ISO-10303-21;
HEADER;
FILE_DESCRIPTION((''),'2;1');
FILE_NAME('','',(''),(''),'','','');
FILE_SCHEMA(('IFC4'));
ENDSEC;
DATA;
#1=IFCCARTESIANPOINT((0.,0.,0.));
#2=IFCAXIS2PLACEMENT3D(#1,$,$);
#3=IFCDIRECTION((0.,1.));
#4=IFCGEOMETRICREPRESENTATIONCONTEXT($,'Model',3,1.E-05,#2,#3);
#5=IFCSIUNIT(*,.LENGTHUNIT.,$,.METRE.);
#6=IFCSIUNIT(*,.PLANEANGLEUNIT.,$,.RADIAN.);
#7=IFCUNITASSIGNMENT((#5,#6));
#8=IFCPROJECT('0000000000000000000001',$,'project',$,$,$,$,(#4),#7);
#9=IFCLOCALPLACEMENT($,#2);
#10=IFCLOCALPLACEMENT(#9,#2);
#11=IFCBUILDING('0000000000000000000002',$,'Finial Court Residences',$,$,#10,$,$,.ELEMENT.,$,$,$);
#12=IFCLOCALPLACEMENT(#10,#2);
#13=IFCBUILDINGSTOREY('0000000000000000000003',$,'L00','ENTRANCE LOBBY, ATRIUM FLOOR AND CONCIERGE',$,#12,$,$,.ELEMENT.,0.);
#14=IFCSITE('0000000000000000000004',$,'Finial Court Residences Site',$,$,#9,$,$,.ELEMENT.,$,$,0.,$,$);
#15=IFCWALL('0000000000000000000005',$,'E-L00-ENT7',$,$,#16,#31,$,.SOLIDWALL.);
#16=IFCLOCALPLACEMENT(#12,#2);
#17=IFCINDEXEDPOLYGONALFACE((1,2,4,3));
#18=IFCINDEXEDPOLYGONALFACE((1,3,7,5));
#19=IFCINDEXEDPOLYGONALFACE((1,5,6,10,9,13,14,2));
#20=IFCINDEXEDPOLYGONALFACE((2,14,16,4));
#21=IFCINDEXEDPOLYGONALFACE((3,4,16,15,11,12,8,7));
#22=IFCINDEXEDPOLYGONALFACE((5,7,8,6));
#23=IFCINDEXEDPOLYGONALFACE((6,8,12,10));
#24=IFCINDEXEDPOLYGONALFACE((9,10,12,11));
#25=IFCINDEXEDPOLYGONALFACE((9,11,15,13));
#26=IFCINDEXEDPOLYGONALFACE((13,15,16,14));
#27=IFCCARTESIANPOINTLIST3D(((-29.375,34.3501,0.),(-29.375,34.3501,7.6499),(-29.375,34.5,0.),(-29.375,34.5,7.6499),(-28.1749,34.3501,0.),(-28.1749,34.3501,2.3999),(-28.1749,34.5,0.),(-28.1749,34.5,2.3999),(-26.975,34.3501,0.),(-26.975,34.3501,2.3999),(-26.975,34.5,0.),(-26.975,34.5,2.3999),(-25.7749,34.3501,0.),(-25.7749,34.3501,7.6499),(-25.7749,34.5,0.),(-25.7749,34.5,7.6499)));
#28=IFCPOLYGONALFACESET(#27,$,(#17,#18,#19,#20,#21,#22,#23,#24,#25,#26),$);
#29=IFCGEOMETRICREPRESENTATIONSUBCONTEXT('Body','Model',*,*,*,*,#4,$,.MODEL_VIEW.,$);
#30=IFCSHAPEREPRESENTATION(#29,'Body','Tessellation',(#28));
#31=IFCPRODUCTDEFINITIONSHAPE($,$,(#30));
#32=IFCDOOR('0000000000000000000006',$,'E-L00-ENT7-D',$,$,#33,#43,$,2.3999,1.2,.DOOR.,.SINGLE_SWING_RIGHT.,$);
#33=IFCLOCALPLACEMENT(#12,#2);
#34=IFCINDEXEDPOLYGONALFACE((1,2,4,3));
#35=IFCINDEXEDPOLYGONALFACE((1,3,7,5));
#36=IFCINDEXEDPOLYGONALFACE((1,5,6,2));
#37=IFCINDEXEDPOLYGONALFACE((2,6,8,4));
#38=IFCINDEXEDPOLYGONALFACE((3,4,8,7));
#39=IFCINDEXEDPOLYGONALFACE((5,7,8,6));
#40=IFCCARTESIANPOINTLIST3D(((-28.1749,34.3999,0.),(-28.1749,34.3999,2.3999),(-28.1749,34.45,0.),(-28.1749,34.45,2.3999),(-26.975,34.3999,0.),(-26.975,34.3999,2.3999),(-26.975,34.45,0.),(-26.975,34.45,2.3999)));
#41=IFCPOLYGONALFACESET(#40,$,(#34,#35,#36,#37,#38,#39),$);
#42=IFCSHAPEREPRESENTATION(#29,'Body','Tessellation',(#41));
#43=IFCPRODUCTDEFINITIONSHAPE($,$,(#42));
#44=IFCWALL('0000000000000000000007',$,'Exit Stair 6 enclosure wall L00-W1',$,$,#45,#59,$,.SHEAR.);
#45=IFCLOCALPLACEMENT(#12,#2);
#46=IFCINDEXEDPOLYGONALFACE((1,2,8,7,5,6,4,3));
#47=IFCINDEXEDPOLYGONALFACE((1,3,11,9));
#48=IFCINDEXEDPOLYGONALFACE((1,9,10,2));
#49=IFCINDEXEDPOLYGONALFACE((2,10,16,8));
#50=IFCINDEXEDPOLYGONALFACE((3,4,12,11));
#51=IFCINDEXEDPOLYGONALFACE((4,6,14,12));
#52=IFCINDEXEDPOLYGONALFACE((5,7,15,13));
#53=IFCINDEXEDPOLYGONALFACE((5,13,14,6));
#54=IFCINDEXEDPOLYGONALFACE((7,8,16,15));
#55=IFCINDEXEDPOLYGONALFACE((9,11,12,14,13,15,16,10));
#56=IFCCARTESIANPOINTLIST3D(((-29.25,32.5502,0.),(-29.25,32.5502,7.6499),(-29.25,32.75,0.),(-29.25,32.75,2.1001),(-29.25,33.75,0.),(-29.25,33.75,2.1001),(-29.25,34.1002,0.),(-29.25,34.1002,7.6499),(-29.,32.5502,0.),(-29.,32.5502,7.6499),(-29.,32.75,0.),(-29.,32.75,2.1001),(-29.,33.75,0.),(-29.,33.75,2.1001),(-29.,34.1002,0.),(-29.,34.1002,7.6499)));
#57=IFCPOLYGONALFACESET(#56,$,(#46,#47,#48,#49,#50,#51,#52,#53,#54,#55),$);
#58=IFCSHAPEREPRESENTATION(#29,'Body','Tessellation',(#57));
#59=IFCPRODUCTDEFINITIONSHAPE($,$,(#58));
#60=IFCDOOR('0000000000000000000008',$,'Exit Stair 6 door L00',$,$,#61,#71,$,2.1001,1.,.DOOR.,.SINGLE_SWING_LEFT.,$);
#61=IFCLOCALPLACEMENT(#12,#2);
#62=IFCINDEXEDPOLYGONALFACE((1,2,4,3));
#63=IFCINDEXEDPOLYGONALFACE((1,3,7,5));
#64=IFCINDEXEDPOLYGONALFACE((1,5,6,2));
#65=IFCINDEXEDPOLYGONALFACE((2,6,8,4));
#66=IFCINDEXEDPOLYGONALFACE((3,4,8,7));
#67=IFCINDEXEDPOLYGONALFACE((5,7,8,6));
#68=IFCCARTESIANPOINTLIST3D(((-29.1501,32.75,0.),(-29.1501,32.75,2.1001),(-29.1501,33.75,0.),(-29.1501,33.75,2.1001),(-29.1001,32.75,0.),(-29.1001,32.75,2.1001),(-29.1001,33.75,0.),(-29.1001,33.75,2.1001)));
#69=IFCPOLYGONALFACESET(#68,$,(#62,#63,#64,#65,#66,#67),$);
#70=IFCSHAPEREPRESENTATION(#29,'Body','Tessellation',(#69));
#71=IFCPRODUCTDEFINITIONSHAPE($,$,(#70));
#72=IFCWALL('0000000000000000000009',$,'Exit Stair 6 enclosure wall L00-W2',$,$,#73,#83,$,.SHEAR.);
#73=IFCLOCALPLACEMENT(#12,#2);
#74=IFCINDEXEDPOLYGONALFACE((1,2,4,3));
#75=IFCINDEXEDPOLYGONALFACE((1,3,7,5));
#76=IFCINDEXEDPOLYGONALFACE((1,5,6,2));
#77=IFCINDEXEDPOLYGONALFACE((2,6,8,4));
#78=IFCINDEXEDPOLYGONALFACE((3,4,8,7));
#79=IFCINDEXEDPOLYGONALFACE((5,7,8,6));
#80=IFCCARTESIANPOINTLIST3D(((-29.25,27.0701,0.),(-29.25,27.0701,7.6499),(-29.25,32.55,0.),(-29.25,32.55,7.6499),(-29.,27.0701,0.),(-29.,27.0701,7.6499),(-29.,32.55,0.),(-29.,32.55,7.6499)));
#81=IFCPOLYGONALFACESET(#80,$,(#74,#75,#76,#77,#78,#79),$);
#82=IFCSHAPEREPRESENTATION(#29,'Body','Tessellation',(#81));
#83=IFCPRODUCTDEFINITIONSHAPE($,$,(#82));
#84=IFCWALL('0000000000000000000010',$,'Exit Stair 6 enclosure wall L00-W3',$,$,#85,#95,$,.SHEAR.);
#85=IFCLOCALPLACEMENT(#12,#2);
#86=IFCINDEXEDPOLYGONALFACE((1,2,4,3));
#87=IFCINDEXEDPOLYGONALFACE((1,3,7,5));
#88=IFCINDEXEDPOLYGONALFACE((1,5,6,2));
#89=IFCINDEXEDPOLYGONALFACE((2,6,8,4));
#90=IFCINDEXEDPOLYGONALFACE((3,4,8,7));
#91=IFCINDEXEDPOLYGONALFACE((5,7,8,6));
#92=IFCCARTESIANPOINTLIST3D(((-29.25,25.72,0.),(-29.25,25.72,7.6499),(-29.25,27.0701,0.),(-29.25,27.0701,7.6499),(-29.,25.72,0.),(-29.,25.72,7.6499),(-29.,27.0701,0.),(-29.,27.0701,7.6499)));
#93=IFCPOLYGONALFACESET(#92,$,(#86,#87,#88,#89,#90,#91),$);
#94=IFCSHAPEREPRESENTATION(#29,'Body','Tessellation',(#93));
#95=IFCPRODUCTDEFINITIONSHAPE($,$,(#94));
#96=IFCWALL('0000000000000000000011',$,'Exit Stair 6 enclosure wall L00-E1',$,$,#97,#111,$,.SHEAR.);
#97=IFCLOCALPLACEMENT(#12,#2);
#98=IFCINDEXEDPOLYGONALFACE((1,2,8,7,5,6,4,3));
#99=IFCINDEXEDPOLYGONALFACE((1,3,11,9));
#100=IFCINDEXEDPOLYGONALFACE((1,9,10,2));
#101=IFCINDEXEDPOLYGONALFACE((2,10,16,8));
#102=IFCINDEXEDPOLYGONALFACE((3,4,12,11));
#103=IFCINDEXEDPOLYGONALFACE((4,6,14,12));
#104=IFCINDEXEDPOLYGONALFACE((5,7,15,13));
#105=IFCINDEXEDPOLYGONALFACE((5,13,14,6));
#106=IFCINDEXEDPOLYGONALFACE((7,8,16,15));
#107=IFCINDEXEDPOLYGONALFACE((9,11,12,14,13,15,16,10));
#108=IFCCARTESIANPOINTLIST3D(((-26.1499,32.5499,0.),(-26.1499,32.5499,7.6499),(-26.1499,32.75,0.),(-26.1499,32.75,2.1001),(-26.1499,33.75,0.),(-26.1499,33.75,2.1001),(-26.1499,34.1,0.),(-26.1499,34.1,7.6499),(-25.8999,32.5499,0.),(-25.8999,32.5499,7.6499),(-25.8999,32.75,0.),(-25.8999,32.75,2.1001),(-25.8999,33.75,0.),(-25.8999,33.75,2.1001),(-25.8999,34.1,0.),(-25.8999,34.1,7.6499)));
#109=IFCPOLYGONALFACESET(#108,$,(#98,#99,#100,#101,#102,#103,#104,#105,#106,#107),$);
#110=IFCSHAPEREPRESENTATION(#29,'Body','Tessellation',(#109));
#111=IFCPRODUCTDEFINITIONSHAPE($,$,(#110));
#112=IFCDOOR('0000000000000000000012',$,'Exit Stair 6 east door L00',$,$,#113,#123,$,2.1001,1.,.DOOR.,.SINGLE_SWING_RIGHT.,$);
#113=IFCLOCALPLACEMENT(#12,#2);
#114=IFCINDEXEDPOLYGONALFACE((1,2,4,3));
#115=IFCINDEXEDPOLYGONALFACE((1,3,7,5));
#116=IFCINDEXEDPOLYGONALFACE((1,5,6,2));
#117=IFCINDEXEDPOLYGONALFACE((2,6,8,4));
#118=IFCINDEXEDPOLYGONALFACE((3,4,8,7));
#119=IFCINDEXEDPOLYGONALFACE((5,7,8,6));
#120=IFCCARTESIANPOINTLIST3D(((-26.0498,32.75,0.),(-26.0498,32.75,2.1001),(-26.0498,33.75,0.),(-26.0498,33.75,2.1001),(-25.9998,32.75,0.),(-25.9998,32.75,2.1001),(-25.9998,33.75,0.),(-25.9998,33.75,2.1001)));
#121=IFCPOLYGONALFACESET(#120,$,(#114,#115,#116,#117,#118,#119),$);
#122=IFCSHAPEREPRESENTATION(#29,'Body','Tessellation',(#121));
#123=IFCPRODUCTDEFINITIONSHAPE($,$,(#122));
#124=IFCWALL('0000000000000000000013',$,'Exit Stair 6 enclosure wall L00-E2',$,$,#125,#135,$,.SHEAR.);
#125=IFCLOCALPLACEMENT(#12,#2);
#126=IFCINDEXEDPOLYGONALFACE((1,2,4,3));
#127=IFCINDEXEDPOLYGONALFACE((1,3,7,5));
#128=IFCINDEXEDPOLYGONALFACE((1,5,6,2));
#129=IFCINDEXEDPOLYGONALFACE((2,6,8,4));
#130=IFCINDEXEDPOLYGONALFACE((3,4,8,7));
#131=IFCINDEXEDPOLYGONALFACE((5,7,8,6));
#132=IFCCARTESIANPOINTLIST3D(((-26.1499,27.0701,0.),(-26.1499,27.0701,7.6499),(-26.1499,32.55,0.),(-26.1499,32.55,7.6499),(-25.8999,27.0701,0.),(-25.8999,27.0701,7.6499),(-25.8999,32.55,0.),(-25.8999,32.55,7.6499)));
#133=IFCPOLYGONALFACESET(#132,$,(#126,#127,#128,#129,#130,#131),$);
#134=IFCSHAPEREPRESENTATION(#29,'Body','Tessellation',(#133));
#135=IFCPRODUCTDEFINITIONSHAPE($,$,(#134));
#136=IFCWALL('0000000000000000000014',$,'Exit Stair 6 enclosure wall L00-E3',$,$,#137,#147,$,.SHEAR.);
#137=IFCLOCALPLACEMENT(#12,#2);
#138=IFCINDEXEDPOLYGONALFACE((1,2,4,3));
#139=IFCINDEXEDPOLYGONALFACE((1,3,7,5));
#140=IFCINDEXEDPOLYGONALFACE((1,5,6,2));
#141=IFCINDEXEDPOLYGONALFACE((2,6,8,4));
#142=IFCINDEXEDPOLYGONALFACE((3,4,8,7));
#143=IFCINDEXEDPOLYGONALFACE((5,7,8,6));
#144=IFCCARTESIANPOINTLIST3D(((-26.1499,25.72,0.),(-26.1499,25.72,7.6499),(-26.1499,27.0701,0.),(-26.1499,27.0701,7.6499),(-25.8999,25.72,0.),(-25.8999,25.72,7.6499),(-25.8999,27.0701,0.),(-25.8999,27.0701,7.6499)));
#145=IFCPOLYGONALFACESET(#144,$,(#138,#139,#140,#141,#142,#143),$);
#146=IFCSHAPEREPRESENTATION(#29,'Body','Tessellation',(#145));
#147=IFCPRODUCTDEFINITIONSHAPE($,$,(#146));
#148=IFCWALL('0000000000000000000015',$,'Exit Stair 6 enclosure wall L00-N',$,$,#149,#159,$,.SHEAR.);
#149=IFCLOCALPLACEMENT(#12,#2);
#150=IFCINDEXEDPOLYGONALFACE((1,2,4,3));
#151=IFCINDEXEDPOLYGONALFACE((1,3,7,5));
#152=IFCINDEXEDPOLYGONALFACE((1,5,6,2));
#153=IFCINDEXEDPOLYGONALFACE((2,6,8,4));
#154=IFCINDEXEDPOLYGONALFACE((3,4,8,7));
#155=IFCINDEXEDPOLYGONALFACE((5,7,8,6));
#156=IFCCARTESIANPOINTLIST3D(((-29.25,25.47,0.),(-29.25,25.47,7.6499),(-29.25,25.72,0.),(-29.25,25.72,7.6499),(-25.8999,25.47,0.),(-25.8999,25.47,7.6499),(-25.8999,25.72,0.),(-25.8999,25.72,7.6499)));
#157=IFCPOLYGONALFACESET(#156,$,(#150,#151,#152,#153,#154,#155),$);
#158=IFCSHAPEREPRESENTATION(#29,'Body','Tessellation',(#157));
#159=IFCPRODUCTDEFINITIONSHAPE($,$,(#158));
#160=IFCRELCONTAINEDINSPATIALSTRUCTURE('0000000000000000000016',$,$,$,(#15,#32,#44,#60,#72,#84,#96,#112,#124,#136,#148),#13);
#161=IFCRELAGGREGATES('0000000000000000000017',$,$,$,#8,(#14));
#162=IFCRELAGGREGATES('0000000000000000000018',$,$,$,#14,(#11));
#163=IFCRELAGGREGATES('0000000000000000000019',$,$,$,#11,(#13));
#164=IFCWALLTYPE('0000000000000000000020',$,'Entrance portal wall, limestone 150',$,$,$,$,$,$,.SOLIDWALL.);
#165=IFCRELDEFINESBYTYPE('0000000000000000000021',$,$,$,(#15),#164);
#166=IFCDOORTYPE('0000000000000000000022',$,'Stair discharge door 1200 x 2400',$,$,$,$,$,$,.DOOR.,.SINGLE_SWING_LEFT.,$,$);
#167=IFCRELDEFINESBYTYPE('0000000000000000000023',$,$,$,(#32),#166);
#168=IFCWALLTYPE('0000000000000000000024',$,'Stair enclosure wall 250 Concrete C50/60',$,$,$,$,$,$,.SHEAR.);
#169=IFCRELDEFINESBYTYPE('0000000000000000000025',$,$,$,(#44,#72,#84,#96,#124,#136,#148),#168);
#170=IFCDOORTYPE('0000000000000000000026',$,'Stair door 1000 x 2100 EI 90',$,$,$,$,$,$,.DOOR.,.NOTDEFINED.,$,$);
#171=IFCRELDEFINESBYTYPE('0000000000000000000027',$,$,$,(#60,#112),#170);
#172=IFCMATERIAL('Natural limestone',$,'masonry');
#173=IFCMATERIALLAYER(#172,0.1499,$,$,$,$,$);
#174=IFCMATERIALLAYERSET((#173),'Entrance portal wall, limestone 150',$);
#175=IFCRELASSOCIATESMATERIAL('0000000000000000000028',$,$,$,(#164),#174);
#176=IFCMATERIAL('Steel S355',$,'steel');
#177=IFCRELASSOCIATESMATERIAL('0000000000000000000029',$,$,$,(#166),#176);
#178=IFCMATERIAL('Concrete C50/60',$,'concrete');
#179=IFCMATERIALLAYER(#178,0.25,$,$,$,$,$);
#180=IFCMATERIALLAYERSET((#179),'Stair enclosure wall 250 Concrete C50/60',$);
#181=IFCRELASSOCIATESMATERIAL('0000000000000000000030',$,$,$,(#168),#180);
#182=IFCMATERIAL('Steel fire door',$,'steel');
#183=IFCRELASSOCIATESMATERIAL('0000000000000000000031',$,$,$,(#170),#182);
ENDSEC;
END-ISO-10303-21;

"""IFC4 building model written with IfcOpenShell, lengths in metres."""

from ifc_helpers import new_model, si_unit, direction, frame, frame_2d, origin, place, context, subcontext, project, spatial, rectangle, extrude, material, layer, layer_set, type_object, element, fill, save


model = new_model("IFC4")

# Units and contexts
model_context = context("Model", 3, precision=1e-05, world=origin(), true_north=direction((0.0, 1.0)))
body_context = subcontext(model_context, "Body", "Model", "MODEL_VIEW")
ifc_project = project(units=[si_unit("LENGTHUNIT", "METRE"), si_unit("PLANEANGLEUNIT", "RADIAN")], contexts=[model_context])

# Site, building, storey
site_placement = place(None, origin())
site = spatial("IfcSite", under=ifc_project, at=site_placement, Name="Finial Court Residences Site", CompositionType="ELEMENT", RefElevation=0.0)
building_placement = place(site_placement, origin())
building = spatial("IfcBuilding", under=site, at=building_placement, Name="Finial Court Residences", CompositionType="ELEMENT")
storey_placement = place(building_placement, origin())
storey = spatial("IfcBuildingStorey", under=building, at=storey_placement, Name="L00", Description="ENTRANCE LOBBY, ATRIUM FLOOR AND CONCIERGE", CompositionType="ELEMENT", Elevation=0.0)

# Walls, openings, doors
ifc_material_1 = material(Name="Natural limestone", Category="masonry")
ifc_layer_1 = layer(ifc_material_1, 0.1499)
ifc_layer_set_1 = layer_set([ifc_layer_1], Name="Entrance portal wall, limestone 150")
wall_type_1 = type_object("IfcWallType", Name="Entrance portal wall, limestone 150", PredefinedType="SOLIDWALL", material=ifc_layer_set_1)
wall_1_placement = place(storey_placement, frame((-29.375, 34.425, 0.0), z_axis=(0.0, 0.0, 1.0), x_axis=(1.0, 0.0, 0.0)))
wall_1 = element("IfcWall", 1, at=wall_1_placement, inside=storey, type_object=wall_type_1, Name="E-L00-ENT7", PredefinedType="SOLIDWALL", context=body_context, shape_type="SweptSolid", body=[
    extrude(rectangle(XDim=3.6001, YDim=0.1499, at=frame_2d((1.8, 0.0))), origin(), (0.0, 0.0, 1.0), 7.6499),
])
opening_1_placement = place(wall_1_placement, frame((1.2, 0.0, 0.0)))
opening_1 = element("IfcOpeningElement", 2, at=opening_1_placement, cuts=wall_1, PredefinedType="OPENING", context=body_context, shape_type="SweptSolid", body=[
    extrude(rectangle(XDim=1.2, YDim=2.3999, at=frame_2d((0.6001, 1.2))), frame((0.0, 0.085, 0.0), z_axis=(0.0, -1.0, 0.0), x_axis=(1.0, 0.0, 0.0)), (0.0, 0.0, 1.0), 0.1699),
])
ifc_material_2 = material(Name="Steel S355", Category="steel")
door_type_1 = type_object("IfcDoorType", Name="Stair discharge door 1200 x 2400", OperationType="SINGLE_SWING_LEFT", PredefinedType="DOOR", material=ifc_material_2)
door_1_placement = place(opening_1_placement, origin())
door_1 = element("IfcDoor", 3, at=door_1_placement, inside=storey, type_object=door_type_1, Name="E-L00-ENT7-D", OperationType="SINGLE_SWING_RIGHT", OverallHeight=2.3999, OverallWidth=1.2, PredefinedType="DOOR", context=body_context, shape_type="SweptSolid", body=[
    extrude(rectangle(XDim=1.2, YDim=2.3999, at=frame_2d((0.6001, 1.2))), frame((0.0, 0.0249, 0.0), z_axis=(0.0, -1.0, 0.0), x_axis=(1.0, 0.0, 0.0)), (0.0, 0.0, 1.0), 0.05),
])
fill(opening_1, door_1)
ifc_material_3 = material(Name="Concrete C50/60", Category="concrete")
ifc_layer_2 = layer(ifc_material_3, 0.25)
ifc_layer_set_2 = layer_set([ifc_layer_2], Name="Stair enclosure wall 250 Concrete C50/60")
wall_type_2 = type_object("IfcWallType", Name="Stair enclosure wall 250 Concrete C50/60", PredefinedType="SHEAR", material=ifc_layer_set_2)
wall_2_placement = place(storey_placement, frame((-29.125, 34.1001, 0.0), z_axis=(0.0, 0.0, 1.0), x_axis=(0.0, -1.0, 0.0)))
wall_2 = element("IfcWall", 4, at=wall_2_placement, inside=storey, type_object=wall_type_2, Name="Exit Stair 6 enclosure wall L00-W1", PredefinedType="SHEAR", context=body_context, shape_type="SweptSolid", body=[
    extrude(rectangle(XDim=1.55, YDim=0.25, at=frame_2d((0.7749, 0.0))), origin(), (0.0, 0.0, 1.0), 7.6499),
])
opening_2_placement = place(wall_2_placement, frame((0.3501, 0.0, 0.0)))
opening_2 = element("IfcOpeningElement", 5, at=opening_2_placement, cuts=wall_2, PredefinedType="OPENING", context=body_context, shape_type="SweptSolid", body=[
    extrude(rectangle(XDim=1.0, YDim=2.1001, at=frame_2d((0.5, 1.05))), frame((0.0, 0.135, 0.0), z_axis=(0.0, -1.0, 0.0), x_axis=(1.0, 0.0, 0.0)), (0.0, 0.0, 1.0), 0.27),
])
ifc_material_4 = material(Name="Steel fire door", Category="steel")
door_type_2 = type_object("IfcDoorType", Name="Stair door 1000 x 2100 EI 90", OperationType="NOTDEFINED", PredefinedType="DOOR", material=ifc_material_4)
door_2_placement = place(opening_2_placement, origin())
door_2 = element("IfcDoor", 6, at=door_2_placement, inside=storey, type_object=door_type_2, Name="Exit Stair 6 door L00", OperationType="SINGLE_SWING_LEFT", OverallHeight=2.1001, OverallWidth=1.0, PredefinedType="DOOR", context=body_context, shape_type="SweptSolid", body=[
    extrude(rectangle(XDim=1.0, YDim=2.1001, at=frame_2d((0.5, 1.05))), frame((0.0, 0.0249, 0.0), z_axis=(0.0, -1.0, 0.0), x_axis=(1.0, 0.0, 0.0)), (0.0, 0.0, 1.0), 0.05),
])
fill(opening_2, door_2)

# Walls
wall_3_placement = place(storey_placement, frame((-29.125, 27.0701, 0.0), z_axis=(0.0, 0.0, 1.0), x_axis=(0.0, 1.0, 0.0)))
element("IfcWall", 7, at=wall_3_placement, inside=storey, type_object=wall_type_2, Name="Exit Stair 6 enclosure wall L00-W2", PredefinedType="SHEAR", context=body_context, shape_type="SweptSolid", body=[
    extrude(rectangle(XDim=5.48, YDim=0.25, at=frame_2d((2.74, 0.0))), origin(), (0.0, 0.0, 1.0), 7.6499),
])
wall_4_placement = place(storey_placement, frame((-29.125, 25.72, 0.0), z_axis=(0.0, 0.0, 1.0), x_axis=(0.0, 1.0, 0.0)))
element("IfcWall", 8, at=wall_4_placement, inside=storey, type_object=wall_type_2, Name="Exit Stair 6 enclosure wall L00-W3", PredefinedType="SHEAR", context=body_context, shape_type="SweptSolid", body=[
    extrude(rectangle(XDim=1.3501, YDim=0.25, at=frame_2d((0.675, 0.0))), origin(), (0.0, 0.0, 1.0), 7.6499),
])

# Wall, opening, door
wall_5_placement = place(storey_placement, frame((-26.0249, 32.55, 0.0), z_axis=(0.0, 0.0, 1.0), x_axis=(0.0, 1.0, 0.0)))
wall_5 = element("IfcWall", 9, at=wall_5_placement, inside=storey, type_object=wall_type_2, Name="Exit Stair 6 enclosure wall L00-E1", PredefinedType="SHEAR", context=body_context, shape_type="SweptSolid", body=[
    extrude(rectangle(XDim=1.55, YDim=0.25, at=frame_2d((0.7749, 0.0))), origin(), (0.0, 0.0, 1.0), 7.6499),
])
opening_3_placement = place(wall_5_placement, frame((0.2, 0.0, 0.0)))
opening_3 = element("IfcOpeningElement", 10, at=opening_3_placement, cuts=wall_5, PredefinedType="OPENING", context=body_context, shape_type="SweptSolid", body=[
    extrude(rectangle(XDim=1.0, YDim=2.1001, at=frame_2d((0.5, 1.05))), frame((0.0, 0.135, 0.0), z_axis=(0.0, -1.0, 0.0), x_axis=(1.0, 0.0, 0.0)), (0.0, 0.0, 1.0), 0.27),
])
door_3_placement = place(opening_3_placement, origin())
door_3 = element("IfcDoor", 11, at=door_3_placement, inside=storey, type_object=door_type_2, Name="Exit Stair 6 east door L00", OperationType="SINGLE_SWING_RIGHT", OverallHeight=2.1001, OverallWidth=1.0, PredefinedType="DOOR", context=body_context, shape_type="SweptSolid", body=[
    extrude(rectangle(XDim=1.0, YDim=2.1001, at=frame_2d((0.5, 1.05))), frame((0.0, 0.0249, 0.0), z_axis=(0.0, -1.0, 0.0), x_axis=(1.0, 0.0, 0.0)), (0.0, 0.0, 1.0), 0.05),
])
fill(opening_3, door_3)

# Walls
wall_6_placement = place(storey_placement, frame((-26.0249, 27.0701, 0.0), z_axis=(0.0, 0.0, 1.0), x_axis=(0.0, 1.0, 0.0)))
element("IfcWall", 12, at=wall_6_placement, inside=storey, type_object=wall_type_2, Name="Exit Stair 6 enclosure wall L00-E2", PredefinedType="SHEAR", context=body_context, shape_type="SweptSolid", body=[
    extrude(rectangle(XDim=5.48, YDim=0.25, at=frame_2d((2.74, 0.0))), origin(), (0.0, 0.0, 1.0), 7.6499),
])
wall_7_placement = place(storey_placement, frame((-26.0249, 25.72, 0.0), z_axis=(0.0, 0.0, 1.0), x_axis=(0.0, 1.0, 0.0)))
element("IfcWall", 13, at=wall_7_placement, inside=storey, type_object=wall_type_2, Name="Exit Stair 6 enclosure wall L00-E3", PredefinedType="SHEAR", context=body_context, shape_type="SweptSolid", body=[
    extrude(rectangle(XDim=1.3501, YDim=0.25, at=frame_2d((0.675, 0.0))), origin(), (0.0, 0.0, 1.0), 7.6499),
])
wall_8_placement = place(storey_placement, frame((-29.25, 25.595, 0.0), z_axis=(0.0, 0.0, 1.0), x_axis=(1.0, 0.0, 0.0)))
element("IfcWall", 14, at=wall_8_placement, inside=storey, type_object=wall_type_2, Name="Exit Stair 6 enclosure wall L00-N", PredefinedType="SHEAR", context=body_context, shape_type="SweptSolid", body=[
    extrude(rectangle(XDim=3.3501, YDim=0.25, at=frame_2d((1.675, 0.0))), origin(), (0.0, 0.0, 1.0), 7.6499),
])

save(model, "model.ifc")
